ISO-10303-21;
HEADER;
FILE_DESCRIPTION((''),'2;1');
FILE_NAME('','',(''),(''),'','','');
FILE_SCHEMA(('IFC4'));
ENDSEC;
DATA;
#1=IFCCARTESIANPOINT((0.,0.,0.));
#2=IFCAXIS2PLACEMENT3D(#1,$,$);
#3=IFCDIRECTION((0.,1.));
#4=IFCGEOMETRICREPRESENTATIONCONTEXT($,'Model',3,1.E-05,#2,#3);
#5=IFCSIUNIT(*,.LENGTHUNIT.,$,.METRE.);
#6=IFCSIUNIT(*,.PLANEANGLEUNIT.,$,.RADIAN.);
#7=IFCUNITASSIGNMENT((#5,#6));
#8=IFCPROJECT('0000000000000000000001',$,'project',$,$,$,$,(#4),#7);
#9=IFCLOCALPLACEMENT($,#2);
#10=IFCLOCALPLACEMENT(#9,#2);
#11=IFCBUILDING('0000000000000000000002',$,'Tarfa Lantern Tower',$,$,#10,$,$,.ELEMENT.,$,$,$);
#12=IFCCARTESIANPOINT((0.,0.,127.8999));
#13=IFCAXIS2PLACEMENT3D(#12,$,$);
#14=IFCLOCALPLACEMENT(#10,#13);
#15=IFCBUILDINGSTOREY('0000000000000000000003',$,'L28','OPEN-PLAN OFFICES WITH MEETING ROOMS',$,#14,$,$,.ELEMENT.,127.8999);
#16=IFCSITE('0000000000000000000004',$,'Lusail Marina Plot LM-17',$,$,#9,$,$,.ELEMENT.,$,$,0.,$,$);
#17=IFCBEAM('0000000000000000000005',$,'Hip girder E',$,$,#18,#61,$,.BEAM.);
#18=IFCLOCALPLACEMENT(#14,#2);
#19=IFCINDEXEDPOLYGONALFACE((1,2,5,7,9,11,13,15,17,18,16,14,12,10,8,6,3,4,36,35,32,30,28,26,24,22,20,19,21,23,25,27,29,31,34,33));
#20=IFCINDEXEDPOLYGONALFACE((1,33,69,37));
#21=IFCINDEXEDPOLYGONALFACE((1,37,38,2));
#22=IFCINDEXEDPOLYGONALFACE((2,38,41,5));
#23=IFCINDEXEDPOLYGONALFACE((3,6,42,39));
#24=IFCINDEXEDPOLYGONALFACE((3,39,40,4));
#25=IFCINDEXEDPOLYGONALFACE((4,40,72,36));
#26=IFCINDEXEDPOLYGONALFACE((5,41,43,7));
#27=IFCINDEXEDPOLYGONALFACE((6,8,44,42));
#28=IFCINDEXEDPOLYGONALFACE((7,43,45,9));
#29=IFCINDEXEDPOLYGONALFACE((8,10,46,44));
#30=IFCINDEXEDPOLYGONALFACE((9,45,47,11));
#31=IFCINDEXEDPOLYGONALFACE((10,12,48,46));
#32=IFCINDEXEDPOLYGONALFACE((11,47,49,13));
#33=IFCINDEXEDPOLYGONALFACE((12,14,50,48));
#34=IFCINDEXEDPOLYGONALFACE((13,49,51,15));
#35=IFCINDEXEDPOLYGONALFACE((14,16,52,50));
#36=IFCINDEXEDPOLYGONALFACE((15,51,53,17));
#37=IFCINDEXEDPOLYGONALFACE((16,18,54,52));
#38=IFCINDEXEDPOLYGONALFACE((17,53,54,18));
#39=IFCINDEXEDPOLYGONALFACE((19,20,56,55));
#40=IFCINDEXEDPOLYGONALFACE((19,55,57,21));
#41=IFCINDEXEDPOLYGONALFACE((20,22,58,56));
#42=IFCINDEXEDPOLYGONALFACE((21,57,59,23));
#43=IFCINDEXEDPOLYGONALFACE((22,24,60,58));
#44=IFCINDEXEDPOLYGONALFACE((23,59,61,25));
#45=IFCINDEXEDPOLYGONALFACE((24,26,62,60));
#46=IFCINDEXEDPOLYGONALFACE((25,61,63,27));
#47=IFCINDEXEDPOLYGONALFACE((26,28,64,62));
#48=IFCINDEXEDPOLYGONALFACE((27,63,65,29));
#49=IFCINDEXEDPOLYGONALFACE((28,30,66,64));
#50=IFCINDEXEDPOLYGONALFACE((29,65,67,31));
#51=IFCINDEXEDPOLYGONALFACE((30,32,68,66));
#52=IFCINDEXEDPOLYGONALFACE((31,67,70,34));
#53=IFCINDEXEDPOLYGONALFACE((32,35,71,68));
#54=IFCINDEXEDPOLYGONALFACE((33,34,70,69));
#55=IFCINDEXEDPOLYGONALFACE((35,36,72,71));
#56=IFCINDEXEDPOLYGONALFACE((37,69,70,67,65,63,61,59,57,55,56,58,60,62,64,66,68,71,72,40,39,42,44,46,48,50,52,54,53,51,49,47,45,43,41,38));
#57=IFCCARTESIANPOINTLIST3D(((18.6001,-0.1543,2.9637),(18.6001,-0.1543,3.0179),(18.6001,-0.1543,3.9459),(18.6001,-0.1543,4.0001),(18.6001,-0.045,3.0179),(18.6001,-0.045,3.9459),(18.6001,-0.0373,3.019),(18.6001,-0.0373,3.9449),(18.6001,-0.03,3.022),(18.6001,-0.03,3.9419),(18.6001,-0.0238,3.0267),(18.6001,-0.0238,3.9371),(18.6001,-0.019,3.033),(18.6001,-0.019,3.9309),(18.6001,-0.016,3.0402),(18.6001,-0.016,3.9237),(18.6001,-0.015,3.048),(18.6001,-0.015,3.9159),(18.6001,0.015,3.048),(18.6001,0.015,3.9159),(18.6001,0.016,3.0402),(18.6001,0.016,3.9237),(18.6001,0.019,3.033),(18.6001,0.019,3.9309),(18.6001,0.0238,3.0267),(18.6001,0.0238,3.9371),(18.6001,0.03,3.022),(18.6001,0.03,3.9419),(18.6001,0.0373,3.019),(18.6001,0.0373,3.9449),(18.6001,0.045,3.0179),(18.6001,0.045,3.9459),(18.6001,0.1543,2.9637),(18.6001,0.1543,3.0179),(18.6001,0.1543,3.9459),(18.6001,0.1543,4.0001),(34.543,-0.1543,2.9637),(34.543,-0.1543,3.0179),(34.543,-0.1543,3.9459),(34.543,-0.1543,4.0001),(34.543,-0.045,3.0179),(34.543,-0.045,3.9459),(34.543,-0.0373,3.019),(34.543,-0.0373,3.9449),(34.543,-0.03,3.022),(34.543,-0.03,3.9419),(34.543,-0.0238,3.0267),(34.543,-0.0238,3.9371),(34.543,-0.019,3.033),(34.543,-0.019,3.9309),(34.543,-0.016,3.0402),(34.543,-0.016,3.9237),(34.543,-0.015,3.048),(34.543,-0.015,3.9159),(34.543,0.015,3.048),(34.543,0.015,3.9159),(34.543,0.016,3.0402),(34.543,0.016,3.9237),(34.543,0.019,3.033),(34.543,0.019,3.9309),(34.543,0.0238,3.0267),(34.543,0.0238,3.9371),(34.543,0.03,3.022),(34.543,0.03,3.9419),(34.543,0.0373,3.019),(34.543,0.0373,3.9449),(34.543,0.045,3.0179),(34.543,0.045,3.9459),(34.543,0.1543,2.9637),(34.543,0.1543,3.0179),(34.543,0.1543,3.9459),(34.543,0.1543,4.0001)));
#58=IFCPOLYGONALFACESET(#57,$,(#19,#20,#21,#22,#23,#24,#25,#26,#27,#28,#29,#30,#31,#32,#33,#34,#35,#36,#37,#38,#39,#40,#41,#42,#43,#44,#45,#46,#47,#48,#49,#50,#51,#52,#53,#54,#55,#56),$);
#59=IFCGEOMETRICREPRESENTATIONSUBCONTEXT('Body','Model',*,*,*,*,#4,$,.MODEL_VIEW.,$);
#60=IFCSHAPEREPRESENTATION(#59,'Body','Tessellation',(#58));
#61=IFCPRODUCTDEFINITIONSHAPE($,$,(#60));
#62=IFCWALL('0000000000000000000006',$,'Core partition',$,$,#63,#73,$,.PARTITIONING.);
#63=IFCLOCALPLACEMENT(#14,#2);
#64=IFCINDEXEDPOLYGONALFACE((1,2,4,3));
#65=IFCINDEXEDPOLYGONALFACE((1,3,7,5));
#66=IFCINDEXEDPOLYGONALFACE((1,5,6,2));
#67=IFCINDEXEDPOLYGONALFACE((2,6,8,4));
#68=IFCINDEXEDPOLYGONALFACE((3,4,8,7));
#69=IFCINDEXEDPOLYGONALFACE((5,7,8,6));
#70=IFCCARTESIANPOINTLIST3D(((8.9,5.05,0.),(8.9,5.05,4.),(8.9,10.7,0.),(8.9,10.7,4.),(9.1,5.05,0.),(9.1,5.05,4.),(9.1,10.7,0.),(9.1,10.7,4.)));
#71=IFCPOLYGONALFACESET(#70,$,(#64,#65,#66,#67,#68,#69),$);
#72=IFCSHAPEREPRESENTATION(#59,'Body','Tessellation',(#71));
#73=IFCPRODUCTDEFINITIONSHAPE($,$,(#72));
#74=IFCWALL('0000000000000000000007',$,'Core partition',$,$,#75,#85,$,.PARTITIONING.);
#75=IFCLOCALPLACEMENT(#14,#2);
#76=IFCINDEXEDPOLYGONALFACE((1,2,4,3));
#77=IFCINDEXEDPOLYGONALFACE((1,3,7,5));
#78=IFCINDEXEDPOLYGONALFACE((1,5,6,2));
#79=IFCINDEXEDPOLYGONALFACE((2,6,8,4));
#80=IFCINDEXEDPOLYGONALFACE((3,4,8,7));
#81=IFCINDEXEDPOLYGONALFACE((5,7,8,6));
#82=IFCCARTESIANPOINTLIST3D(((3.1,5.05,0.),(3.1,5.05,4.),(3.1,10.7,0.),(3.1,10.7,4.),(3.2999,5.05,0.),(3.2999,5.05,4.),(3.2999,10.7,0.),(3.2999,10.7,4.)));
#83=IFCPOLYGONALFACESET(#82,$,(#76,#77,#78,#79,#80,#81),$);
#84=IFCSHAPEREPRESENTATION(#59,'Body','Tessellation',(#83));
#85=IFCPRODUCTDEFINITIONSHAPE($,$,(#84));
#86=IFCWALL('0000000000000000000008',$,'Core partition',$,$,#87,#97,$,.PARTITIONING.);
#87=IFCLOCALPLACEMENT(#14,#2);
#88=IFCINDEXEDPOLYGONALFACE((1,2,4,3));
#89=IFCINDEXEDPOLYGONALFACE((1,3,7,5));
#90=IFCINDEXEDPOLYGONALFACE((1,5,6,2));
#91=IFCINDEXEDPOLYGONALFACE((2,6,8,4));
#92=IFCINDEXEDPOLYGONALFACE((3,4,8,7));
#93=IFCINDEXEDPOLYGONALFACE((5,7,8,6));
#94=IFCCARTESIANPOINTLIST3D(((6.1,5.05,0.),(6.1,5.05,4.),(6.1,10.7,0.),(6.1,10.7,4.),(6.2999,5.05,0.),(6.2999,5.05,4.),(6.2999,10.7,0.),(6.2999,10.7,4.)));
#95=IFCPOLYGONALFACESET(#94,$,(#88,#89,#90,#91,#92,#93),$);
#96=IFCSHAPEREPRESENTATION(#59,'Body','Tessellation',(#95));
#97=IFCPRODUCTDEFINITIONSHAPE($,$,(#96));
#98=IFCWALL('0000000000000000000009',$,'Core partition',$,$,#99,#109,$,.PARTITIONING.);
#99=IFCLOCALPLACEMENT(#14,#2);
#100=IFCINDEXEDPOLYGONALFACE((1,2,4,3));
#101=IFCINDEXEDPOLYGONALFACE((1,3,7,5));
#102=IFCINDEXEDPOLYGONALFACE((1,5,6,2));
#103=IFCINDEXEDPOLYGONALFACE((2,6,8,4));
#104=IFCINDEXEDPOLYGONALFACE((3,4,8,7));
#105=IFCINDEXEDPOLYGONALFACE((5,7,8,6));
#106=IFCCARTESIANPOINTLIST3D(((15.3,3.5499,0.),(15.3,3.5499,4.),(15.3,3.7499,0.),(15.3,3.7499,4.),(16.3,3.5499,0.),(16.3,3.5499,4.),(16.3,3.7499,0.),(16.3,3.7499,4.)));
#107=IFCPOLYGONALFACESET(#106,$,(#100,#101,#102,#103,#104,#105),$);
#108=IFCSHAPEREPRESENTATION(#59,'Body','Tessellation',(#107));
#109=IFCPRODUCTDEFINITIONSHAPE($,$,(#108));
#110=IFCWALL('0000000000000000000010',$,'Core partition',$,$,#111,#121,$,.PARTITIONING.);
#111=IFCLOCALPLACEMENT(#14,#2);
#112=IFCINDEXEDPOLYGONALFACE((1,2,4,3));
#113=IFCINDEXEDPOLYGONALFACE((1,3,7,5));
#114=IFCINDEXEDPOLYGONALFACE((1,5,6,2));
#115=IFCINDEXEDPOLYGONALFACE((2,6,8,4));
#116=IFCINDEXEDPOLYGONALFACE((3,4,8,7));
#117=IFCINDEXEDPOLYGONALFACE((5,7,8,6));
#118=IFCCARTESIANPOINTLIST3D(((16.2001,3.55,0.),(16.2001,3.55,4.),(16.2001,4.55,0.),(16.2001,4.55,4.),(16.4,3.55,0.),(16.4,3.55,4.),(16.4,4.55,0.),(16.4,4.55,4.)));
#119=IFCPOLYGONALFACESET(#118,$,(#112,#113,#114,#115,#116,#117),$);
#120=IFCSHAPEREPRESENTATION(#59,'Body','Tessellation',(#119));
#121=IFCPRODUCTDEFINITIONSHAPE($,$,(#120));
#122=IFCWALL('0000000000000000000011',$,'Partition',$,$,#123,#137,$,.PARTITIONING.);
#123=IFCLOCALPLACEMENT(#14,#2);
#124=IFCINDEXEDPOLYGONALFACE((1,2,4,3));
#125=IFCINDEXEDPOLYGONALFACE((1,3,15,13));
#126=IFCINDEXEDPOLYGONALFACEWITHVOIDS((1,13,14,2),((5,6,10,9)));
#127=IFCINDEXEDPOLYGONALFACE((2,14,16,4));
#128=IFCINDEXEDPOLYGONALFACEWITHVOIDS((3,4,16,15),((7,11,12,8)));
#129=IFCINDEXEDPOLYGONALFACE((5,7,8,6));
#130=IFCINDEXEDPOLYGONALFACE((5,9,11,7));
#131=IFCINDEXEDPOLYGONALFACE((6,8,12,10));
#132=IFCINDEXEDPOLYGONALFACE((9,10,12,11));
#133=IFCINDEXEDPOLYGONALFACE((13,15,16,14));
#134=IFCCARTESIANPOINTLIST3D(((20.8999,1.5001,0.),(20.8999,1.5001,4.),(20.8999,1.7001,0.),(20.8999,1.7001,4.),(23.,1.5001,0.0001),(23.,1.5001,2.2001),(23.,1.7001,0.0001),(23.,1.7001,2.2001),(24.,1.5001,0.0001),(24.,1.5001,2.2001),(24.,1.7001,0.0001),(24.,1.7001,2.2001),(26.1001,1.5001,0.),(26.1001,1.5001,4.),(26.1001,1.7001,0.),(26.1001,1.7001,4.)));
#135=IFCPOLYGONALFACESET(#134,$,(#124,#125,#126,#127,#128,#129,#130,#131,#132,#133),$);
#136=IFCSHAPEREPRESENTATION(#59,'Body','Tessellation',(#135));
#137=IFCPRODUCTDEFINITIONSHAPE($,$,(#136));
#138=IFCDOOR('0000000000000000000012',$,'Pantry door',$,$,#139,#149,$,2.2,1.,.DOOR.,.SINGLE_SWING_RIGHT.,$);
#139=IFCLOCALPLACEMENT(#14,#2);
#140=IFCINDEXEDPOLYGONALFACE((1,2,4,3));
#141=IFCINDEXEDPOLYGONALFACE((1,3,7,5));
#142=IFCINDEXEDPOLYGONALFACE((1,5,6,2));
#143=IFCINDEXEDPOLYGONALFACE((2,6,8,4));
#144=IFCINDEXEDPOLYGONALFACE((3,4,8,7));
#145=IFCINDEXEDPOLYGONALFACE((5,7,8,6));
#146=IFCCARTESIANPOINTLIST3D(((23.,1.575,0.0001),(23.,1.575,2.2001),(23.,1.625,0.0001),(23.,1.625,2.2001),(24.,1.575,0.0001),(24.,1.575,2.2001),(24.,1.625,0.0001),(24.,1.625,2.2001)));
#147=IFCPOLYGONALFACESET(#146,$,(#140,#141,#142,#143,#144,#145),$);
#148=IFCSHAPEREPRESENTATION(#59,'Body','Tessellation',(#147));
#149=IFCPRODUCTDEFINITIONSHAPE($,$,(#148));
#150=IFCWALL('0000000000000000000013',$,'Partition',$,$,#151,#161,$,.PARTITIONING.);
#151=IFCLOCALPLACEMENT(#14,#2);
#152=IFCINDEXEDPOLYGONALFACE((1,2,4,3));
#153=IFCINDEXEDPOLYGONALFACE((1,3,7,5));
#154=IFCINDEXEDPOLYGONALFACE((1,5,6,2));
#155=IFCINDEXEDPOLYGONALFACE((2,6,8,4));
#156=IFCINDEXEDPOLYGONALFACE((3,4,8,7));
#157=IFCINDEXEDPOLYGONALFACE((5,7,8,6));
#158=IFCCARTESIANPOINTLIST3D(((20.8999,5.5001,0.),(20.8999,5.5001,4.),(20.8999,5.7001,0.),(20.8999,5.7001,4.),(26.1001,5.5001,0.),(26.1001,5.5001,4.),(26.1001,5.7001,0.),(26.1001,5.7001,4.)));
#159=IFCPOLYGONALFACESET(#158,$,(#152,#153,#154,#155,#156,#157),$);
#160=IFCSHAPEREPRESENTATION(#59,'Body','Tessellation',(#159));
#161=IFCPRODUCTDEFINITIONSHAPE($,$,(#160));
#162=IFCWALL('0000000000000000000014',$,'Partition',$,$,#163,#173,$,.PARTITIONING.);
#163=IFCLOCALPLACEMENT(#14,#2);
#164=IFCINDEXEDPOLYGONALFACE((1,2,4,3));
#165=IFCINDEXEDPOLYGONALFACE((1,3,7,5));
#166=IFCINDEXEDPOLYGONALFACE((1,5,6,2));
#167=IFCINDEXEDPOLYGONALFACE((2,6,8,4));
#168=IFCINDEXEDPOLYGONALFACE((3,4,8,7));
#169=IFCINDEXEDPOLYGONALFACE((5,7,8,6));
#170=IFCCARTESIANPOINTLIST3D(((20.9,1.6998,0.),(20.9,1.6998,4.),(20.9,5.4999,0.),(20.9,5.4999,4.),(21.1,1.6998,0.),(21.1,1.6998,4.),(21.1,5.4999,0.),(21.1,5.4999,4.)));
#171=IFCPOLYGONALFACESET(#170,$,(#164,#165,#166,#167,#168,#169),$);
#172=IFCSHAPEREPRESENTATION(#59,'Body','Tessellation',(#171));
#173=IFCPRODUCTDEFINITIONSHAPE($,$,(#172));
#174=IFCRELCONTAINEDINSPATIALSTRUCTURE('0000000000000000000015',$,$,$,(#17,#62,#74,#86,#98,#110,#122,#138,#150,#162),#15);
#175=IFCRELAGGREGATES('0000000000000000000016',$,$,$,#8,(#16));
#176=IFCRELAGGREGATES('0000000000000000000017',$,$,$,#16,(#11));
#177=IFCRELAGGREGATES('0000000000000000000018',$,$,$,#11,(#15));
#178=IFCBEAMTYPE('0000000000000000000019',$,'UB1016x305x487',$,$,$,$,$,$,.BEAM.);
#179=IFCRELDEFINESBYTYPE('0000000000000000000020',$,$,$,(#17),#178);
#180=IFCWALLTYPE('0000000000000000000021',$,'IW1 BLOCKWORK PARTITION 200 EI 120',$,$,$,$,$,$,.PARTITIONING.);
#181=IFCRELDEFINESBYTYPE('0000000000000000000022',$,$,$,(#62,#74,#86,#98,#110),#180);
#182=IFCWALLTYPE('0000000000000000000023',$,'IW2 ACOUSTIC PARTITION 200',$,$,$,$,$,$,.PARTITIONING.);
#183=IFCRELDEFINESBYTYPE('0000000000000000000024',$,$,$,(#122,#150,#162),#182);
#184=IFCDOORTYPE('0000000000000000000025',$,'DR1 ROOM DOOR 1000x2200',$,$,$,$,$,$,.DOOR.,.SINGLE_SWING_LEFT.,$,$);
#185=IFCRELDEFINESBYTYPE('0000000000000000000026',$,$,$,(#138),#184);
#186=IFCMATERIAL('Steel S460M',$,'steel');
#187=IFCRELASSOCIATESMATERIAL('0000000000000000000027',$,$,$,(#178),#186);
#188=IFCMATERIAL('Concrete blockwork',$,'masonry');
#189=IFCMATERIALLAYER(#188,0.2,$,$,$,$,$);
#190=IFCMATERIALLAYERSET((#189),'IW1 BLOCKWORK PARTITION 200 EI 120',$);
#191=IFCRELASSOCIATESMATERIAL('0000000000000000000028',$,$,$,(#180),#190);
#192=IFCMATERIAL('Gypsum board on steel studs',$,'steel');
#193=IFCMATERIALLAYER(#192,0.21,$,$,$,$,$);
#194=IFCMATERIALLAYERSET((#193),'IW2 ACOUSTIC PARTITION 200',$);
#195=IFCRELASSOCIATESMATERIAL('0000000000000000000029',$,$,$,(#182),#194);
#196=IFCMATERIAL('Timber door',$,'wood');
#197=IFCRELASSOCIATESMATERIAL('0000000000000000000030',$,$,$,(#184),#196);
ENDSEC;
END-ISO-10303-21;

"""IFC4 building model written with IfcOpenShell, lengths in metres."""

from ifc_helpers import new_model, si_unit, direction, frame, frame_2d, origin, origin_2d, place, context, subcontext, project, spatial, rectangle, i_section, extrude, material, layer, layer_set, material_profile, profile_set, type_object, element, fill, save


model = new_model("IFC4")

# Units and contexts
model_context = context("Model", 3, precision=1e-05, world=origin(), true_north=direction((0.0, 1.0)))
body_context = subcontext(model_context, "Body", "Model", "MODEL_VIEW")
ifc_project = project(units=[si_unit("LENGTHUNIT", "METRE"), si_unit("PLANEANGLEUNIT", "RADIAN")], contexts=[model_context])

# Site, building, storey
site_placement = place(None, origin())
site = spatial("IfcSite", under=ifc_project, at=site_placement, Name="Lusail Marina Plot LM-17", CompositionType="ELEMENT", RefElevation=0.0)
building_placement = place(site_placement, origin())
building = spatial("IfcBuilding", under=site, at=building_placement, Name="Tarfa Lantern Tower", CompositionType="ELEMENT")
storey_placement = place(building_placement, frame((0.0, 0.0, 127.8999)))
storey = spatial("IfcBuildingStorey", under=building, at=storey_placement, Name="L28", Description="OPEN-PLAN OFFICES WITH MEETING ROOMS", CompositionType="ELEMENT", Elevation=127.8999)

# Beam
ifc_material_1 = material(Name="Steel S460M", Category="steel")
ifc_material_profile = material_profile(ifc_material_1, i_section(OverallWidth=0.3086, OverallDepth=1.0364, WebThickness=0.03, FlangeThickness=0.0542, FilletRadius=0.03, at=origin_2d()), Name="UB1016x305x487")
ifc_profile_set = profile_set([ifc_material_profile], Name="Steel S460M")
beam_type = type_object("IfcBeamType", Name="UB1016x305x487", PredefinedType="BEAM", material=ifc_profile_set)
beam_placement = place(storey_placement, frame((18.6001, 0.0, 3.4819), z_axis=(1.0, 0.0, 0.0), x_axis=(0.0, 1.0, 0.0)))
element("IfcBeam", 1, at=beam_placement, inside=storey, type_object=beam_type, Name="Hip girder E", PredefinedType="BEAM", context=body_context, shape_type="SweptSolid", body=[
    extrude(i_section(OverallWidth=0.3086, OverallDepth=1.0364, WebThickness=0.03, FlangeThickness=0.0542, FilletRadius=0.03, at=origin_2d()), origin(), (0.0, 0.0, 1.0), 15.9429),
])

# Walls
ifc_material_2 = material(Name="Concrete blockwork", Category="masonry")
ifc_layer_1 = layer(ifc_material_2, 0.2)
ifc_layer_set_1 = layer_set([ifc_layer_1], Name="IW1 BLOCKWORK PARTITION 200 EI 120")
wall_type_1 = type_object("IfcWallType", Name="IW1 BLOCKWORK PARTITION 200 EI 120", PredefinedType="PARTITIONING", material=ifc_layer_set_1)
for number, where, z_axis, x_axis, name in (
    (2, (9.0, 5.05, 0.0), (0.0, 0.0, 1.0), (0.0, 1.0, 0.0), "Core partition"),
    (3, (3.2, 5.05, 0.0), (0.0, 0.0, 1.0), (0.0, 1.0, 0.0), "Core partition"),
    (4, (6.2, 5.05, 0.0), (0.0, 0.0, 1.0), (0.0, 1.0, 0.0), "Core partition"),
):
    element("IfcWall", number, at=place(storey_placement, frame(where, z_axis=z_axis, x_axis=x_axis)), inside=storey, type_object=wall_type_1, Name=name, PredefinedType="PARTITIONING", context=body_context, shape_type="SweptSolid", body=[
        extrude(rectangle(XDim=5.6499, YDim=0.2, at=frame_2d((2.825, 0.0))), origin(), (0.0, 0.0, 1.0), 4.0),
    ])
for number, where, z_axis, x_axis, name in (
    (5, (15.3, 3.6499, 0.0), (0.0, 0.0, 1.0), (1.0, 0.0, 0.0), "Core partition"),
    (6, (16.3, 3.55, 0.0), (0.0, 0.0, 1.0), (0.0, 1.0, 0.0), "Core partition"),
):
    element("IfcWall", number, at=place(storey_placement, frame(where, z_axis=z_axis, x_axis=x_axis)), inside=storey, type_object=wall_type_1, Name=name, PredefinedType="PARTITIONING", context=body_context, shape_type="SweptSolid", body=[
        extrude(rectangle(XDim=1.0, YDim=0.2, at=frame_2d((0.5, 0.0))), origin(), (0.0, 0.0, 1.0), 4.0),
    ])

# Wall, opening, door
ifc_material_3 = material(Name="Gypsum board on steel studs", Category="steel")
ifc_layer_2 = layer(ifc_material_3, 0.21)
ifc_layer_set_2 = layer_set([ifc_layer_2], Name="IW2 ACOUSTIC PARTITION 200")
wall_type_2 = type_object("IfcWallType", Name="IW2 ACOUSTIC PARTITION 200", PredefinedType="PARTITIONING", material=ifc_layer_set_2)
wall_1_placement = place(storey_placement, frame((20.8999, 1.6001, 0.0), z_axis=(0.0, 0.0, 1.0), x_axis=(1.0, 0.0, 0.0)))
wall_1 = element("IfcWall", 7, at=wall_1_placement, inside=storey, type_object=wall_type_2, Name="Partition", PredefinedType="PARTITIONING", context=body_context, shape_type="SweptSolid", body=[
    extrude(rectangle(XDim=5.2002, YDim=0.2, at=frame_2d((2.6001, 0.0))), origin(), (0.0, 0.0, 1.0), 4.0),
])
opening_1_placement = place(wall_1_placement, frame((2.1001, 0.0, 0.0)))
opening_1 = element("IfcOpeningElement", 8, at=opening_1_placement, cuts=wall_1, PredefinedType="OPENING", context=body_context, shape_type="SweptSolid", body=[
    extrude(rectangle(XDim=1.0, YDim=2.2, at=frame_2d((0.5, 1.1001))), frame((0.0, 0.1099, 0.0), z_axis=(0.0, -1.0, 0.0), x_axis=(1.0, 0.0, 0.0)), (0.0, 0.0, 1.0), 0.22),
])
ifc_material_4 = material(Name="Timber door", Category="wood")
door_type_1 = type_object("IfcDoorType", Name="DR1 ROOM DOOR 1000x2200", OperationType="SINGLE_SWING_LEFT", PredefinedType="DOOR", material=ifc_material_4)
door_1_placement = place(opening_1_placement, origin())
door_1 = element("IfcDoor", 9, at=door_1_placement, inside=storey, type_object=door_type_1, Name="Pantry door", OperationType="SINGLE_SWING_RIGHT", OverallHeight=2.2, OverallWidth=1.0, PredefinedType="DOOR", context=body_context, shape_type="SweptSolid", body=[
    extrude(rectangle(XDim=1.0, YDim=2.2, at=frame_2d((0.5, 1.1001))), frame((0.0, 0.0249, 0.0), z_axis=(0.0, -1.0, 0.0), x_axis=(1.0, 0.0, 0.0)), (0.0, 0.0, 1.0), 0.05),
])
fill(opening_1, door_1)

# Walls
wall_2_placement = place(storey_placement, frame((20.8999, 5.6001, 0.0), z_axis=(0.0, 0.0, 1.0), x_axis=(1.0, 0.0, 0.0)))
element("IfcWall", 10, at=wall_2_placement, inside=storey, type_object=wall_type_2, Name="Partition", PredefinedType="PARTITIONING", context=body_context, shape_type="SweptSolid", body=[
    extrude(rectangle(XDim=5.2002, YDim=0.2, at=frame_2d((2.6001, 0.0))), origin(), (0.0, 0.0, 1.0), 4.0),
])
wall_3_placement = place(storey_placement, frame((21.0, 1.7, 0.0), z_axis=(0.0, 0.0, 1.0), x_axis=(0.0, 1.0, 0.0)))
element("IfcWall", 11, at=wall_3_placement, inside=storey, type_object=wall_type_2, Name="Partition", PredefinedType="PARTITIONING", context=body_context, shape_type="SweptSolid", body=[
    extrude(rectangle(XDim=3.8, YDim=0.2, at=frame_2d((1.8999, 0.0))), origin(), (0.0, 0.0, 1.0), 4.0),
])

save(model, "model.ifc")
